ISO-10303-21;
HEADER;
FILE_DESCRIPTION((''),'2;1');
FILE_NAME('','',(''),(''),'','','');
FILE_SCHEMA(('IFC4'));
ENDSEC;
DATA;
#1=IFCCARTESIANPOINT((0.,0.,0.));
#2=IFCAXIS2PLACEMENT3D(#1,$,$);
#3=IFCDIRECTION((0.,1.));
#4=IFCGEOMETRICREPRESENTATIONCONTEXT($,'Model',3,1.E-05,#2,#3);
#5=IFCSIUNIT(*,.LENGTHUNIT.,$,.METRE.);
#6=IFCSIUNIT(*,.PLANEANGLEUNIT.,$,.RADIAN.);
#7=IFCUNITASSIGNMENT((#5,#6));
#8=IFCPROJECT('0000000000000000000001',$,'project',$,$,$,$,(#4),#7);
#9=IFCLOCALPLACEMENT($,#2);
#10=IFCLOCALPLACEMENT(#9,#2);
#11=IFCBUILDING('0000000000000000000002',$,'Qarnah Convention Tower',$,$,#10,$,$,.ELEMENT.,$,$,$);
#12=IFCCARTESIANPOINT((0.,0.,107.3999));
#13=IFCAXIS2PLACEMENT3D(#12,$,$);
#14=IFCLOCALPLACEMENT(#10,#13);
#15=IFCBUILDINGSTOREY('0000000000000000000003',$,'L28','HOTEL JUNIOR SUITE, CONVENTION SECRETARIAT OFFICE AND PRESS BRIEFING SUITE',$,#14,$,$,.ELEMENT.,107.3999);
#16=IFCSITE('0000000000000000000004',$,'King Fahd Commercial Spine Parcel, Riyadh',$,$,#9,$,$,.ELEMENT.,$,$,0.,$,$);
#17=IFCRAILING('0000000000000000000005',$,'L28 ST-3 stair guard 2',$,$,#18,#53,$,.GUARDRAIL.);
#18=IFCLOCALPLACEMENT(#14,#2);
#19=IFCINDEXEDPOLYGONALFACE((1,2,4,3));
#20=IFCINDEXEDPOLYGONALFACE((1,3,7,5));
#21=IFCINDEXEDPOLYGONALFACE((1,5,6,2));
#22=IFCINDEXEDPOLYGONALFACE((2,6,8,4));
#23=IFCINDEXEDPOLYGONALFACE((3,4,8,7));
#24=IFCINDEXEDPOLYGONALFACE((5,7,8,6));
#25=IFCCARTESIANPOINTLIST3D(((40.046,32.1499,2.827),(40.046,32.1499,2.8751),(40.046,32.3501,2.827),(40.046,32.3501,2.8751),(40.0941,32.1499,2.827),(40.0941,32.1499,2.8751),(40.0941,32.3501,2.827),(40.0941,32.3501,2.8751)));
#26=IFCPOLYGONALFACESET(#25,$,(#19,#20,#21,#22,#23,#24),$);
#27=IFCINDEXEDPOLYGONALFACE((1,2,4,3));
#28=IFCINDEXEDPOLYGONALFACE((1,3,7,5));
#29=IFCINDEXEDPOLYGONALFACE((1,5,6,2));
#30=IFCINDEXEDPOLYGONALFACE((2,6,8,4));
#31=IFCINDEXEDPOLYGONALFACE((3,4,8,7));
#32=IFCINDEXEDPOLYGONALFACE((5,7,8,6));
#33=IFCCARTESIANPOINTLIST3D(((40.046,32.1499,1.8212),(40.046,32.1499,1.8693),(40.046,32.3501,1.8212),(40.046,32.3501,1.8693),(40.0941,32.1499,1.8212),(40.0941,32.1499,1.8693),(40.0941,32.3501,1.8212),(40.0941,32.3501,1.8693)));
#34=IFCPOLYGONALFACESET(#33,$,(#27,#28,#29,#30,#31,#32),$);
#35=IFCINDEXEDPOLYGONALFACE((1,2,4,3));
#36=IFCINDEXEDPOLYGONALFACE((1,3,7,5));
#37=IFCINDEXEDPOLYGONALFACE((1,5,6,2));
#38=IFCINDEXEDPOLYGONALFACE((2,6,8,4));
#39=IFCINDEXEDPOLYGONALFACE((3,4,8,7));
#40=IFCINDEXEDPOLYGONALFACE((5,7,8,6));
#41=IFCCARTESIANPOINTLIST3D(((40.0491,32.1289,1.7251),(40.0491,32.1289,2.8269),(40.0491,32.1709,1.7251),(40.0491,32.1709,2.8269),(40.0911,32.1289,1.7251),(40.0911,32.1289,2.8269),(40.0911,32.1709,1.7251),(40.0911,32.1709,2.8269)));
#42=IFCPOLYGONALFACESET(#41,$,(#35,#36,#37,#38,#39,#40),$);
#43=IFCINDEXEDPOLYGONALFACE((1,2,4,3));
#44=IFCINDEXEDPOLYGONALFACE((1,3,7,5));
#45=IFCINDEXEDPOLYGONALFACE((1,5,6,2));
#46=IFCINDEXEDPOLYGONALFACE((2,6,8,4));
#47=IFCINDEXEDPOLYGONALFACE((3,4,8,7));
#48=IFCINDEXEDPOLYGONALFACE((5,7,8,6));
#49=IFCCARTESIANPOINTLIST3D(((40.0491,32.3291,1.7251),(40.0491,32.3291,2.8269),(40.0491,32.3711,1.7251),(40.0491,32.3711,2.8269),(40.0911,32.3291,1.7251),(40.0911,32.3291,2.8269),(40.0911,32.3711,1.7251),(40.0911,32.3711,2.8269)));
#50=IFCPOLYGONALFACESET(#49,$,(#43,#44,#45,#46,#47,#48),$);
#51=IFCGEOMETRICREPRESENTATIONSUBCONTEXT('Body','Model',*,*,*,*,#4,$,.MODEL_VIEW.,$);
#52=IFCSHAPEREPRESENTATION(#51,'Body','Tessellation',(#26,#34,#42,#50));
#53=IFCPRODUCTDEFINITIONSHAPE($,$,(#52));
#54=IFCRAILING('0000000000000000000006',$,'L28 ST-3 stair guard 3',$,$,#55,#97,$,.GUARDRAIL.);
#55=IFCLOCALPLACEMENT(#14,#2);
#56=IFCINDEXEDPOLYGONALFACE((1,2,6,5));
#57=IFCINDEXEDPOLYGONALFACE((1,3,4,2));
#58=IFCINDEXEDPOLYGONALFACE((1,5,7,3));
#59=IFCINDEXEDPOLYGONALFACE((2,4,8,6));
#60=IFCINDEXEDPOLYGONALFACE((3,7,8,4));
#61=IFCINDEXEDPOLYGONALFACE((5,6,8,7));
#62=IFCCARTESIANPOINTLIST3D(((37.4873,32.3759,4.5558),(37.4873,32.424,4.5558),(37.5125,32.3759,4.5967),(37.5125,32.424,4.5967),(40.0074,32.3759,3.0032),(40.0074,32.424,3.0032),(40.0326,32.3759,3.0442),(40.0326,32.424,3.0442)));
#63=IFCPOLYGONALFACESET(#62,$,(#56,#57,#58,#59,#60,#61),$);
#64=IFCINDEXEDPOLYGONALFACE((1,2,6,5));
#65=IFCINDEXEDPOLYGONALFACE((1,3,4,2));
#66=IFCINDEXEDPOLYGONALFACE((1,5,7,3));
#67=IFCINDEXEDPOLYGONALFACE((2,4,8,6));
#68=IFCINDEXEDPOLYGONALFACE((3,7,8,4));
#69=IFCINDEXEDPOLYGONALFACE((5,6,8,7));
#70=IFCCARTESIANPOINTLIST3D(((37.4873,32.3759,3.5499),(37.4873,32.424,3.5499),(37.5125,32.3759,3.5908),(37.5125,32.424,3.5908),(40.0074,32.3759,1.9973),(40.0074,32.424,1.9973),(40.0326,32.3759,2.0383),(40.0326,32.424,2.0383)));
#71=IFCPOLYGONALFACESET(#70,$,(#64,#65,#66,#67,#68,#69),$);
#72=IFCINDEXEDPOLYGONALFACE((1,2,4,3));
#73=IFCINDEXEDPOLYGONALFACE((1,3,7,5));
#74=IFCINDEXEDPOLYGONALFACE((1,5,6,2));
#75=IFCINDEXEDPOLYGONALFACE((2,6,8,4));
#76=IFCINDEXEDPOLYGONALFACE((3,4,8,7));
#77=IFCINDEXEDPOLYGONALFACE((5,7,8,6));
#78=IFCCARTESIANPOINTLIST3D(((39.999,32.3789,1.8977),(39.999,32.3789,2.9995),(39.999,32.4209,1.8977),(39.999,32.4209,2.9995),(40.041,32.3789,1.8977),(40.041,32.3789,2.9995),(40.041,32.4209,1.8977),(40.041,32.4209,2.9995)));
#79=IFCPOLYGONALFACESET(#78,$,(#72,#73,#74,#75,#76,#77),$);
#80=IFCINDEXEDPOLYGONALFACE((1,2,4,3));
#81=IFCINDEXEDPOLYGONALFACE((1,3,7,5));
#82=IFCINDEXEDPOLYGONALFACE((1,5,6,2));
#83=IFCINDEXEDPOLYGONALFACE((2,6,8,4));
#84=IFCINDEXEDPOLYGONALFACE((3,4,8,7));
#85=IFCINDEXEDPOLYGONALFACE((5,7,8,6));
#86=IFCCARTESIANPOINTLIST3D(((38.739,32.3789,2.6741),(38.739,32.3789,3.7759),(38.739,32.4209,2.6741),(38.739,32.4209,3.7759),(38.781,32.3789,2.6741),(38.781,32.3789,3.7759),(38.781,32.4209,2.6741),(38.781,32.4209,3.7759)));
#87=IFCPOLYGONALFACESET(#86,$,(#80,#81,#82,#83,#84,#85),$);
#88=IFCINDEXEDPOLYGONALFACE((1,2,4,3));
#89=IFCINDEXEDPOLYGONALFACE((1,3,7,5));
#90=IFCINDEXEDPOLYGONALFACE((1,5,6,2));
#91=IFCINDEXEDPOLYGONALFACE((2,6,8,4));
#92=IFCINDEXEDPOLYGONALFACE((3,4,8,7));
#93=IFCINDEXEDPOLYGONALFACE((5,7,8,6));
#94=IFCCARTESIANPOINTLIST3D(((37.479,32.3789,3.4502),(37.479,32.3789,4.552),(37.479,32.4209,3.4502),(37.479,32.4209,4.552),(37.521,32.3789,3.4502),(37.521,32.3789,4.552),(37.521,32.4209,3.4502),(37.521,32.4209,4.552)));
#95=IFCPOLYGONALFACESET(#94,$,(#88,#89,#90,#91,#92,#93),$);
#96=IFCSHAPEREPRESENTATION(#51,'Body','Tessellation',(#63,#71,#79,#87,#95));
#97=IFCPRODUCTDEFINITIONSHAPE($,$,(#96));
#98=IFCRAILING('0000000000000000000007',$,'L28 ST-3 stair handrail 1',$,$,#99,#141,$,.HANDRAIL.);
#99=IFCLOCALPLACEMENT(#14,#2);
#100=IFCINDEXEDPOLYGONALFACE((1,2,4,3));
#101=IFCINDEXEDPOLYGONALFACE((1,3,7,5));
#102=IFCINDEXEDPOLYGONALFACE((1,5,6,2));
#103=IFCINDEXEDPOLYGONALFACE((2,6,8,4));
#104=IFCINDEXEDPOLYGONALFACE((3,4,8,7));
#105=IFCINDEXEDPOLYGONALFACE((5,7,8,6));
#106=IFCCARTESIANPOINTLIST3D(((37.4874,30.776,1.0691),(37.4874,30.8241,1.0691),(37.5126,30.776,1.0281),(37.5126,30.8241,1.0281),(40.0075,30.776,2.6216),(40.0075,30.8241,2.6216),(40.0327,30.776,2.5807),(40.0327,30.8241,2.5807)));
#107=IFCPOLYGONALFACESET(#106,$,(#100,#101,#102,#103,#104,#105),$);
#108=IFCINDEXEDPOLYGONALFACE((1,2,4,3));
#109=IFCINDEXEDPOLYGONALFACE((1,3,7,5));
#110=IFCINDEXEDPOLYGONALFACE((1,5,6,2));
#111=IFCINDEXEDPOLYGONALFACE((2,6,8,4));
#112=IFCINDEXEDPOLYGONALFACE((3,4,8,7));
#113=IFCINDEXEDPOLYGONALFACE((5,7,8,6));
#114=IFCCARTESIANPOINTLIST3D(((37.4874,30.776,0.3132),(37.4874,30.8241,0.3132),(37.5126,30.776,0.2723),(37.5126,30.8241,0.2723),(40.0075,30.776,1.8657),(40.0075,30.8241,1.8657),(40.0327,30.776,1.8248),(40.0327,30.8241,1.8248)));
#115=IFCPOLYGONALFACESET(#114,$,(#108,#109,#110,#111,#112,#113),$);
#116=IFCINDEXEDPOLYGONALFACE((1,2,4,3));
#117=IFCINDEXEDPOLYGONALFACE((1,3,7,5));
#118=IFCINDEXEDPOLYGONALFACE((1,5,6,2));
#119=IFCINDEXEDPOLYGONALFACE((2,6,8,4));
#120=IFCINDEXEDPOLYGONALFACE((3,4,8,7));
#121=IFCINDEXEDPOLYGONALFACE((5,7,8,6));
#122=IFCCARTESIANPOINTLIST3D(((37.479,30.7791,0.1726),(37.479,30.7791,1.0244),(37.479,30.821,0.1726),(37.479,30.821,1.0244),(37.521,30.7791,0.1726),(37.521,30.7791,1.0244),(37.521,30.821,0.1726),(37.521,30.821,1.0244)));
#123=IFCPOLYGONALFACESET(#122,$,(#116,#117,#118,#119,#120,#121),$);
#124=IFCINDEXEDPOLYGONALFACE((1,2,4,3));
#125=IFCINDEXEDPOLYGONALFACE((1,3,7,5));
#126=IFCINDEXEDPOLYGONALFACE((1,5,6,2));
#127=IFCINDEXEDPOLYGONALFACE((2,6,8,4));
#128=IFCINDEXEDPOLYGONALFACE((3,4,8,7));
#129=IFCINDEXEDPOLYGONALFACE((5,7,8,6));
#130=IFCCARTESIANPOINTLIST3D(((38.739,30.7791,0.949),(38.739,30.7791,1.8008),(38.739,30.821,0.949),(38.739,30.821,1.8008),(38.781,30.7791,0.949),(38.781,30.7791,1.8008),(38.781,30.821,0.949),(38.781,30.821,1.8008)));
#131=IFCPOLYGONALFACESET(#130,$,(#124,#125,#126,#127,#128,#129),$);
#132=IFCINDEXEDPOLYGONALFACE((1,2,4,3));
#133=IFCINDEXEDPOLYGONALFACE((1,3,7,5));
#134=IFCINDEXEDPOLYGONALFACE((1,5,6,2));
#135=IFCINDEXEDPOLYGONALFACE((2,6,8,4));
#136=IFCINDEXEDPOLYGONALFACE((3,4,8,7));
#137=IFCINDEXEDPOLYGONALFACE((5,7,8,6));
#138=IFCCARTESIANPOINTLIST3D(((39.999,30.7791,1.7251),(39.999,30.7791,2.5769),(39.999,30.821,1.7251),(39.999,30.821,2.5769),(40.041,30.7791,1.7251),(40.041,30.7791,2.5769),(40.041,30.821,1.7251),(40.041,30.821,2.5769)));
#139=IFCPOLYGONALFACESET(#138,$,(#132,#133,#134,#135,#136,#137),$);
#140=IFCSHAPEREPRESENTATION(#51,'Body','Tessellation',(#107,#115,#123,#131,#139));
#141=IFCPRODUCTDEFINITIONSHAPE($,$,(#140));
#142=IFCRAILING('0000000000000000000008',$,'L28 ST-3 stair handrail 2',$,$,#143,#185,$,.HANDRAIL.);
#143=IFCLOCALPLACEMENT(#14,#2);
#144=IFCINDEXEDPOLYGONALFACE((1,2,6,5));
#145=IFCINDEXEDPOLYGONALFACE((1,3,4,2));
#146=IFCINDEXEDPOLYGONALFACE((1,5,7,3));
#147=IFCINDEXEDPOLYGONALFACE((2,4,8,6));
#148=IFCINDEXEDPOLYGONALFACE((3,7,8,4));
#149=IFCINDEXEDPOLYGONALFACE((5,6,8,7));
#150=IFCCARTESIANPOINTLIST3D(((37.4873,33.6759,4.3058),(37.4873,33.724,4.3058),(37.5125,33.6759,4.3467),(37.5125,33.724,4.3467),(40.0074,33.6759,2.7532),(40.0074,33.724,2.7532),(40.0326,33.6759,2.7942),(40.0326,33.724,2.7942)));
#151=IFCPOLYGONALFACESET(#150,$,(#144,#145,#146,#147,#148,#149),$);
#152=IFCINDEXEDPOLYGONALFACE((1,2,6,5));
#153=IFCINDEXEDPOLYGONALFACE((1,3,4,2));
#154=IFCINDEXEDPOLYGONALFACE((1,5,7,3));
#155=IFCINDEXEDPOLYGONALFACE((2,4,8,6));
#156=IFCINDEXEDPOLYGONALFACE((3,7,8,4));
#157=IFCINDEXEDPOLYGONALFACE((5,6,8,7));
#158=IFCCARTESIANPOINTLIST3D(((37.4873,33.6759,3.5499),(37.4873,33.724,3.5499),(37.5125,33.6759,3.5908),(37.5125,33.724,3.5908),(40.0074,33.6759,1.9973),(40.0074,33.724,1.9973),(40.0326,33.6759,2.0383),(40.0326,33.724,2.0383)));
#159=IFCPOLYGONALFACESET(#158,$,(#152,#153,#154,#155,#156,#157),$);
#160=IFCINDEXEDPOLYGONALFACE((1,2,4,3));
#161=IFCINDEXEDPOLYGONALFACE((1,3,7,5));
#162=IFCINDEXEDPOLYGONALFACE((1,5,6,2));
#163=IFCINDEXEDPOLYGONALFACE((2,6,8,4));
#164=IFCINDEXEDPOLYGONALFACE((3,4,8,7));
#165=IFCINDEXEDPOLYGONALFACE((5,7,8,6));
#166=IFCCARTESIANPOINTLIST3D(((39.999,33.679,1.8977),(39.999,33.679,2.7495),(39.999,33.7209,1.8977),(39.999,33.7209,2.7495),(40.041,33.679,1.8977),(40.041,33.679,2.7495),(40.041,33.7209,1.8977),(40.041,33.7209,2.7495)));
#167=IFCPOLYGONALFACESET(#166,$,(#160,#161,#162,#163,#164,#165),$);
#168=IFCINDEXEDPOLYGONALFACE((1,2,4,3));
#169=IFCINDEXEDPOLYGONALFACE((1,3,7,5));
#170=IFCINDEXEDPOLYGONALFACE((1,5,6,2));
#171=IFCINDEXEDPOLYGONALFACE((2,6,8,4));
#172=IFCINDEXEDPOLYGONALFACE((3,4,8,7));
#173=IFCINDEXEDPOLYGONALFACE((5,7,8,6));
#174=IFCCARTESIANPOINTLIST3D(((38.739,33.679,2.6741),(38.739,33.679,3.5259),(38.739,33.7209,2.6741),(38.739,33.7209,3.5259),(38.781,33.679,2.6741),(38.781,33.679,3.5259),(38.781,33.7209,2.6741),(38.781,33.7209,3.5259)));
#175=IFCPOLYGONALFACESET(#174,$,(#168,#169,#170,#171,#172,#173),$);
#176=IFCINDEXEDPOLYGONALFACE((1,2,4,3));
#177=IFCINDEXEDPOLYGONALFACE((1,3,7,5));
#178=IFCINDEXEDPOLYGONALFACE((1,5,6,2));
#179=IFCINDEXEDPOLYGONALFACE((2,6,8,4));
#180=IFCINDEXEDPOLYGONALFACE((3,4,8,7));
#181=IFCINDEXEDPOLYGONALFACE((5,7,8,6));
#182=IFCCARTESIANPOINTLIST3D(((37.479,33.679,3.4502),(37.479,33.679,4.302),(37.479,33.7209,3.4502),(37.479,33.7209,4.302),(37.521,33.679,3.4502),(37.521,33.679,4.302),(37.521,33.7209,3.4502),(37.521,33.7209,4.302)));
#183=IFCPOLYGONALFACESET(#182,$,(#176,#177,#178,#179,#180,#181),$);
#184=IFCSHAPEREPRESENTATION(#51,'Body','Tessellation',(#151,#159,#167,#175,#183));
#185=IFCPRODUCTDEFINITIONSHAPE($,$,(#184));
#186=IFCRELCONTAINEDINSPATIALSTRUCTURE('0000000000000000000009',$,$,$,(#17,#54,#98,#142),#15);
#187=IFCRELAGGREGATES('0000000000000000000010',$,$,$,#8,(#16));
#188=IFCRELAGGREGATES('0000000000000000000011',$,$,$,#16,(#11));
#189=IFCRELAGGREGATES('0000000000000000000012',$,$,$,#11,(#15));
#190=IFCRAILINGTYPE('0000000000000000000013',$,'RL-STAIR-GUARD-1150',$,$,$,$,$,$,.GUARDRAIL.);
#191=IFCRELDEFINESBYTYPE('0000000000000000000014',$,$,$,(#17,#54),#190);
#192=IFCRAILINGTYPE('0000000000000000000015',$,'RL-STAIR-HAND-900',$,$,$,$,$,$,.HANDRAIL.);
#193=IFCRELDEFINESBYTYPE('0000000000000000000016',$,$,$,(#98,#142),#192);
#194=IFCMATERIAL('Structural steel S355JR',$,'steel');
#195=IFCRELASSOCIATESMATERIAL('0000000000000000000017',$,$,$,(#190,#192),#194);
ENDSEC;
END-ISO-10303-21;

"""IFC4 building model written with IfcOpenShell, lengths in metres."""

from ifc_helpers import new_model, si_unit, direction, frame, origin, origin_2d, place, context, subcontext, project, spatial, rectangle, extrude, material, type_object, element, save


model = new_model("IFC4")

# Units and contexts
model_context = context("Model", 3, precision=1e-05, world=origin(), true_north=direction((0.0, 1.0)))
body_context = subcontext(model_context, "Body", "Model", "MODEL_VIEW")
ifc_project = project(units=[si_unit("LENGTHUNIT", "METRE"), si_unit("PLANEANGLEUNIT", "RADIAN")], contexts=[model_context])

# Site, building, storey
site_placement = place(None, origin())
site = spatial("IfcSite", under=ifc_project, at=site_placement, Name="King Fahd Commercial Spine Parcel, Riyadh", CompositionType="ELEMENT", RefElevation=0.0)
building_placement = place(site_placement, origin())
building = spatial("IfcBuilding", under=site, at=building_placement, Name="Qarnah Convention Tower", CompositionType="ELEMENT")
storey_placement = place(building_placement, frame((0.0, 0.0, 107.3999)))
storey = spatial("IfcBuildingStorey", under=building, at=storey_placement, Name="L28", Description="HOTEL JUNIOR SUITE, CONVENTION SECRETARIAT OFFICE AND PRESS BRIEFING SUITE", CompositionType="ELEMENT", Elevation=107.3999)

# Shared definitions
ifc_material_1 = material(Name="Structural steel S355JR", Category="steel")

# Railings
railing_type_1 = type_object("IfcRailingType", Name="RL-STAIR-GUARD-1150", PredefinedType="GUARDRAIL", material=ifc_material_1)
railing_1_placement = place(storey_placement, frame((40.0701, 32.1499, 1.7251)))
element("IfcRailing", 1, at=railing_1_placement, inside=storey, type_object=railing_type_1, Name="L28 ST-3 stair guard 2", PredefinedType="GUARDRAIL", context=body_context, shape_type="SweptSolid", body=[
    extrude(rectangle(XDim=0.0481, YDim=0.0481, at=origin_2d()), frame((0.0, 0.0, 1.126), z_axis=(0.0, 1.0, 0.0), x_axis=(-1.0, 0.0, 0.0)), (0.0, 0.0, 1.0), 0.2002),
    extrude(rectangle(XDim=0.0481, YDim=0.0481, at=origin_2d()), frame((0.0, 0.0, 0.1201), z_axis=(0.0, 1.0, 0.0), x_axis=(-1.0, 0.0, 0.0)), (0.0, 0.0, 1.0), 0.2002),
    extrude(rectangle(XDim=0.042, YDim=0.042, at=origin_2d()), origin(), (0.0, 0.0, 1.0), 1.1018),
    extrude(rectangle(XDim=0.042, YDim=0.042, at=origin_2d()), frame((0.0, 0.2002, 0.0)), (0.0, 0.0, 1.0), 1.1018),
])
railing_2_placement = place(storey_placement, frame((40.02, 32.3999, 1.8977)))
element("IfcRailing", 2, at=railing_2_placement, inside=storey, type_object=railing_type_1, Name="L28 ST-3 stair guard 3", PredefinedType="GUARDRAIL", context=body_context, shape_type="SweptSolid", body=[
    extrude(rectangle(XDim=0.0481, YDim=0.0481, at=origin_2d()), frame((0.0, 0.0, 1.126), z_axis=(-0.8514, 0.0, 0.524516), x_axis=(0.0, -1.0, 0.0)), (0.0, 0.0, 1.0), 2.96),
    extrude(rectangle(XDim=0.0481, YDim=0.0481, at=origin_2d()), frame((0.0, 0.0, 0.1201), z_axis=(-0.8514, 0.0, 0.524516), x_axis=(0.0, -1.0, 0.0)), (0.0, 0.0, 1.0), 2.96),
    extrude(rectangle(XDim=0.042, YDim=0.042, at=origin_2d()), origin(), (0.0, 0.0, 1.0), 1.1018),
    extrude(rectangle(XDim=0.042, YDim=0.042, at=origin_2d()), frame((-1.26, 0.0, 0.7764)), (0.0, 0.0, 1.0), 1.1018),
    extrude(rectangle(XDim=0.042, YDim=0.042, at=origin_2d()), frame((-2.52, 0.0, 1.5525)), (0.0, 0.0, 1.0), 1.1018),
])
railing_type_2 = type_object("IfcRailingType", Name="RL-STAIR-HAND-900", PredefinedType="HANDRAIL", material=ifc_material_1)
railing_3_placement = place(storey_placement, frame((37.5, 30.8, 0.1726)))
element("IfcRailing", 3, at=railing_3_placement, inside=storey, type_object=railing_type_2, Name="L28 ST-3 stair handrail 1", PredefinedType="HANDRAIL", context=body_context, shape_type="SweptSolid", body=[
    extrude(rectangle(XDim=0.0481, YDim=0.0481, at=origin_2d()), frame((0.0, 0.0, 0.876), z_axis=(0.8514, 0.0, 0.524516), x_axis=(0.0, 1.0, 0.0)), (0.0, 0.0, 1.0), 2.96),
    extrude(rectangle(XDim=0.0481, YDim=0.0481, at=origin_2d()), frame((0.0, 0.0, 0.1201), z_axis=(0.8514, 0.0, 0.524516), x_axis=(0.0, 1.0, 0.0)), (0.0, 0.0, 1.0), 2.96),
    extrude(rectangle(XDim=0.042, YDim=0.042, at=origin_2d()), origin(), (0.0, 0.0, 1.0), 0.8518),
    extrude(rectangle(XDim=0.042, YDim=0.042, at=origin_2d()), frame((1.26, 0.0, 0.7764)), (0.0, 0.0, 1.0), 0.8518),
    extrude(rectangle(XDim=0.042, YDim=0.042, at=origin_2d()), frame((2.52, 0.0, 1.5525)), (0.0, 0.0, 1.0), 0.8518),
])
railing_4_placement = place(storey_placement, frame((40.02, 33.7, 1.8977)))
element("IfcRailing", 4, at=railing_4_placement, inside=storey, type_object=railing_type_2, Name="L28 ST-3 stair handrail 2", PredefinedType="HANDRAIL", context=body_context, shape_type="SweptSolid", body=[
    extrude(rectangle(XDim=0.0481, YDim=0.0481, at=origin_2d()), frame((0.0, 0.0, 0.876), z_axis=(-0.8514, 0.0, 0.524516), x_axis=(0.0, -1.0, 0.0)), (0.0, 0.0, 1.0), 2.96),
    extrude(rectangle(XDim=0.0481, YDim=0.0481, at=origin_2d()), frame((0.0, 0.0, 0.1201), z_axis=(-0.8514, 0.0, 0.524516), x_axis=(0.0, -1.0, 0.0)), (0.0, 0.0, 1.0), 2.96),
    extrude(rectangle(XDim=0.042, YDim=0.042, at=origin_2d()), origin(), (0.0, 0.0, 1.0), 0.8518),
    extrude(rectangle(XDim=0.042, YDim=0.042, at=origin_2d()), frame((-1.26, 0.0, 0.7764)), (0.0, 0.0, 1.0), 0.8518),
    extrude(rectangle(XDim=0.042, YDim=0.042, at=origin_2d()), frame((-2.52, 0.0, 1.5525)), (0.0, 0.0, 1.0), 0.8518),
])

save(model, "model.ifc")
